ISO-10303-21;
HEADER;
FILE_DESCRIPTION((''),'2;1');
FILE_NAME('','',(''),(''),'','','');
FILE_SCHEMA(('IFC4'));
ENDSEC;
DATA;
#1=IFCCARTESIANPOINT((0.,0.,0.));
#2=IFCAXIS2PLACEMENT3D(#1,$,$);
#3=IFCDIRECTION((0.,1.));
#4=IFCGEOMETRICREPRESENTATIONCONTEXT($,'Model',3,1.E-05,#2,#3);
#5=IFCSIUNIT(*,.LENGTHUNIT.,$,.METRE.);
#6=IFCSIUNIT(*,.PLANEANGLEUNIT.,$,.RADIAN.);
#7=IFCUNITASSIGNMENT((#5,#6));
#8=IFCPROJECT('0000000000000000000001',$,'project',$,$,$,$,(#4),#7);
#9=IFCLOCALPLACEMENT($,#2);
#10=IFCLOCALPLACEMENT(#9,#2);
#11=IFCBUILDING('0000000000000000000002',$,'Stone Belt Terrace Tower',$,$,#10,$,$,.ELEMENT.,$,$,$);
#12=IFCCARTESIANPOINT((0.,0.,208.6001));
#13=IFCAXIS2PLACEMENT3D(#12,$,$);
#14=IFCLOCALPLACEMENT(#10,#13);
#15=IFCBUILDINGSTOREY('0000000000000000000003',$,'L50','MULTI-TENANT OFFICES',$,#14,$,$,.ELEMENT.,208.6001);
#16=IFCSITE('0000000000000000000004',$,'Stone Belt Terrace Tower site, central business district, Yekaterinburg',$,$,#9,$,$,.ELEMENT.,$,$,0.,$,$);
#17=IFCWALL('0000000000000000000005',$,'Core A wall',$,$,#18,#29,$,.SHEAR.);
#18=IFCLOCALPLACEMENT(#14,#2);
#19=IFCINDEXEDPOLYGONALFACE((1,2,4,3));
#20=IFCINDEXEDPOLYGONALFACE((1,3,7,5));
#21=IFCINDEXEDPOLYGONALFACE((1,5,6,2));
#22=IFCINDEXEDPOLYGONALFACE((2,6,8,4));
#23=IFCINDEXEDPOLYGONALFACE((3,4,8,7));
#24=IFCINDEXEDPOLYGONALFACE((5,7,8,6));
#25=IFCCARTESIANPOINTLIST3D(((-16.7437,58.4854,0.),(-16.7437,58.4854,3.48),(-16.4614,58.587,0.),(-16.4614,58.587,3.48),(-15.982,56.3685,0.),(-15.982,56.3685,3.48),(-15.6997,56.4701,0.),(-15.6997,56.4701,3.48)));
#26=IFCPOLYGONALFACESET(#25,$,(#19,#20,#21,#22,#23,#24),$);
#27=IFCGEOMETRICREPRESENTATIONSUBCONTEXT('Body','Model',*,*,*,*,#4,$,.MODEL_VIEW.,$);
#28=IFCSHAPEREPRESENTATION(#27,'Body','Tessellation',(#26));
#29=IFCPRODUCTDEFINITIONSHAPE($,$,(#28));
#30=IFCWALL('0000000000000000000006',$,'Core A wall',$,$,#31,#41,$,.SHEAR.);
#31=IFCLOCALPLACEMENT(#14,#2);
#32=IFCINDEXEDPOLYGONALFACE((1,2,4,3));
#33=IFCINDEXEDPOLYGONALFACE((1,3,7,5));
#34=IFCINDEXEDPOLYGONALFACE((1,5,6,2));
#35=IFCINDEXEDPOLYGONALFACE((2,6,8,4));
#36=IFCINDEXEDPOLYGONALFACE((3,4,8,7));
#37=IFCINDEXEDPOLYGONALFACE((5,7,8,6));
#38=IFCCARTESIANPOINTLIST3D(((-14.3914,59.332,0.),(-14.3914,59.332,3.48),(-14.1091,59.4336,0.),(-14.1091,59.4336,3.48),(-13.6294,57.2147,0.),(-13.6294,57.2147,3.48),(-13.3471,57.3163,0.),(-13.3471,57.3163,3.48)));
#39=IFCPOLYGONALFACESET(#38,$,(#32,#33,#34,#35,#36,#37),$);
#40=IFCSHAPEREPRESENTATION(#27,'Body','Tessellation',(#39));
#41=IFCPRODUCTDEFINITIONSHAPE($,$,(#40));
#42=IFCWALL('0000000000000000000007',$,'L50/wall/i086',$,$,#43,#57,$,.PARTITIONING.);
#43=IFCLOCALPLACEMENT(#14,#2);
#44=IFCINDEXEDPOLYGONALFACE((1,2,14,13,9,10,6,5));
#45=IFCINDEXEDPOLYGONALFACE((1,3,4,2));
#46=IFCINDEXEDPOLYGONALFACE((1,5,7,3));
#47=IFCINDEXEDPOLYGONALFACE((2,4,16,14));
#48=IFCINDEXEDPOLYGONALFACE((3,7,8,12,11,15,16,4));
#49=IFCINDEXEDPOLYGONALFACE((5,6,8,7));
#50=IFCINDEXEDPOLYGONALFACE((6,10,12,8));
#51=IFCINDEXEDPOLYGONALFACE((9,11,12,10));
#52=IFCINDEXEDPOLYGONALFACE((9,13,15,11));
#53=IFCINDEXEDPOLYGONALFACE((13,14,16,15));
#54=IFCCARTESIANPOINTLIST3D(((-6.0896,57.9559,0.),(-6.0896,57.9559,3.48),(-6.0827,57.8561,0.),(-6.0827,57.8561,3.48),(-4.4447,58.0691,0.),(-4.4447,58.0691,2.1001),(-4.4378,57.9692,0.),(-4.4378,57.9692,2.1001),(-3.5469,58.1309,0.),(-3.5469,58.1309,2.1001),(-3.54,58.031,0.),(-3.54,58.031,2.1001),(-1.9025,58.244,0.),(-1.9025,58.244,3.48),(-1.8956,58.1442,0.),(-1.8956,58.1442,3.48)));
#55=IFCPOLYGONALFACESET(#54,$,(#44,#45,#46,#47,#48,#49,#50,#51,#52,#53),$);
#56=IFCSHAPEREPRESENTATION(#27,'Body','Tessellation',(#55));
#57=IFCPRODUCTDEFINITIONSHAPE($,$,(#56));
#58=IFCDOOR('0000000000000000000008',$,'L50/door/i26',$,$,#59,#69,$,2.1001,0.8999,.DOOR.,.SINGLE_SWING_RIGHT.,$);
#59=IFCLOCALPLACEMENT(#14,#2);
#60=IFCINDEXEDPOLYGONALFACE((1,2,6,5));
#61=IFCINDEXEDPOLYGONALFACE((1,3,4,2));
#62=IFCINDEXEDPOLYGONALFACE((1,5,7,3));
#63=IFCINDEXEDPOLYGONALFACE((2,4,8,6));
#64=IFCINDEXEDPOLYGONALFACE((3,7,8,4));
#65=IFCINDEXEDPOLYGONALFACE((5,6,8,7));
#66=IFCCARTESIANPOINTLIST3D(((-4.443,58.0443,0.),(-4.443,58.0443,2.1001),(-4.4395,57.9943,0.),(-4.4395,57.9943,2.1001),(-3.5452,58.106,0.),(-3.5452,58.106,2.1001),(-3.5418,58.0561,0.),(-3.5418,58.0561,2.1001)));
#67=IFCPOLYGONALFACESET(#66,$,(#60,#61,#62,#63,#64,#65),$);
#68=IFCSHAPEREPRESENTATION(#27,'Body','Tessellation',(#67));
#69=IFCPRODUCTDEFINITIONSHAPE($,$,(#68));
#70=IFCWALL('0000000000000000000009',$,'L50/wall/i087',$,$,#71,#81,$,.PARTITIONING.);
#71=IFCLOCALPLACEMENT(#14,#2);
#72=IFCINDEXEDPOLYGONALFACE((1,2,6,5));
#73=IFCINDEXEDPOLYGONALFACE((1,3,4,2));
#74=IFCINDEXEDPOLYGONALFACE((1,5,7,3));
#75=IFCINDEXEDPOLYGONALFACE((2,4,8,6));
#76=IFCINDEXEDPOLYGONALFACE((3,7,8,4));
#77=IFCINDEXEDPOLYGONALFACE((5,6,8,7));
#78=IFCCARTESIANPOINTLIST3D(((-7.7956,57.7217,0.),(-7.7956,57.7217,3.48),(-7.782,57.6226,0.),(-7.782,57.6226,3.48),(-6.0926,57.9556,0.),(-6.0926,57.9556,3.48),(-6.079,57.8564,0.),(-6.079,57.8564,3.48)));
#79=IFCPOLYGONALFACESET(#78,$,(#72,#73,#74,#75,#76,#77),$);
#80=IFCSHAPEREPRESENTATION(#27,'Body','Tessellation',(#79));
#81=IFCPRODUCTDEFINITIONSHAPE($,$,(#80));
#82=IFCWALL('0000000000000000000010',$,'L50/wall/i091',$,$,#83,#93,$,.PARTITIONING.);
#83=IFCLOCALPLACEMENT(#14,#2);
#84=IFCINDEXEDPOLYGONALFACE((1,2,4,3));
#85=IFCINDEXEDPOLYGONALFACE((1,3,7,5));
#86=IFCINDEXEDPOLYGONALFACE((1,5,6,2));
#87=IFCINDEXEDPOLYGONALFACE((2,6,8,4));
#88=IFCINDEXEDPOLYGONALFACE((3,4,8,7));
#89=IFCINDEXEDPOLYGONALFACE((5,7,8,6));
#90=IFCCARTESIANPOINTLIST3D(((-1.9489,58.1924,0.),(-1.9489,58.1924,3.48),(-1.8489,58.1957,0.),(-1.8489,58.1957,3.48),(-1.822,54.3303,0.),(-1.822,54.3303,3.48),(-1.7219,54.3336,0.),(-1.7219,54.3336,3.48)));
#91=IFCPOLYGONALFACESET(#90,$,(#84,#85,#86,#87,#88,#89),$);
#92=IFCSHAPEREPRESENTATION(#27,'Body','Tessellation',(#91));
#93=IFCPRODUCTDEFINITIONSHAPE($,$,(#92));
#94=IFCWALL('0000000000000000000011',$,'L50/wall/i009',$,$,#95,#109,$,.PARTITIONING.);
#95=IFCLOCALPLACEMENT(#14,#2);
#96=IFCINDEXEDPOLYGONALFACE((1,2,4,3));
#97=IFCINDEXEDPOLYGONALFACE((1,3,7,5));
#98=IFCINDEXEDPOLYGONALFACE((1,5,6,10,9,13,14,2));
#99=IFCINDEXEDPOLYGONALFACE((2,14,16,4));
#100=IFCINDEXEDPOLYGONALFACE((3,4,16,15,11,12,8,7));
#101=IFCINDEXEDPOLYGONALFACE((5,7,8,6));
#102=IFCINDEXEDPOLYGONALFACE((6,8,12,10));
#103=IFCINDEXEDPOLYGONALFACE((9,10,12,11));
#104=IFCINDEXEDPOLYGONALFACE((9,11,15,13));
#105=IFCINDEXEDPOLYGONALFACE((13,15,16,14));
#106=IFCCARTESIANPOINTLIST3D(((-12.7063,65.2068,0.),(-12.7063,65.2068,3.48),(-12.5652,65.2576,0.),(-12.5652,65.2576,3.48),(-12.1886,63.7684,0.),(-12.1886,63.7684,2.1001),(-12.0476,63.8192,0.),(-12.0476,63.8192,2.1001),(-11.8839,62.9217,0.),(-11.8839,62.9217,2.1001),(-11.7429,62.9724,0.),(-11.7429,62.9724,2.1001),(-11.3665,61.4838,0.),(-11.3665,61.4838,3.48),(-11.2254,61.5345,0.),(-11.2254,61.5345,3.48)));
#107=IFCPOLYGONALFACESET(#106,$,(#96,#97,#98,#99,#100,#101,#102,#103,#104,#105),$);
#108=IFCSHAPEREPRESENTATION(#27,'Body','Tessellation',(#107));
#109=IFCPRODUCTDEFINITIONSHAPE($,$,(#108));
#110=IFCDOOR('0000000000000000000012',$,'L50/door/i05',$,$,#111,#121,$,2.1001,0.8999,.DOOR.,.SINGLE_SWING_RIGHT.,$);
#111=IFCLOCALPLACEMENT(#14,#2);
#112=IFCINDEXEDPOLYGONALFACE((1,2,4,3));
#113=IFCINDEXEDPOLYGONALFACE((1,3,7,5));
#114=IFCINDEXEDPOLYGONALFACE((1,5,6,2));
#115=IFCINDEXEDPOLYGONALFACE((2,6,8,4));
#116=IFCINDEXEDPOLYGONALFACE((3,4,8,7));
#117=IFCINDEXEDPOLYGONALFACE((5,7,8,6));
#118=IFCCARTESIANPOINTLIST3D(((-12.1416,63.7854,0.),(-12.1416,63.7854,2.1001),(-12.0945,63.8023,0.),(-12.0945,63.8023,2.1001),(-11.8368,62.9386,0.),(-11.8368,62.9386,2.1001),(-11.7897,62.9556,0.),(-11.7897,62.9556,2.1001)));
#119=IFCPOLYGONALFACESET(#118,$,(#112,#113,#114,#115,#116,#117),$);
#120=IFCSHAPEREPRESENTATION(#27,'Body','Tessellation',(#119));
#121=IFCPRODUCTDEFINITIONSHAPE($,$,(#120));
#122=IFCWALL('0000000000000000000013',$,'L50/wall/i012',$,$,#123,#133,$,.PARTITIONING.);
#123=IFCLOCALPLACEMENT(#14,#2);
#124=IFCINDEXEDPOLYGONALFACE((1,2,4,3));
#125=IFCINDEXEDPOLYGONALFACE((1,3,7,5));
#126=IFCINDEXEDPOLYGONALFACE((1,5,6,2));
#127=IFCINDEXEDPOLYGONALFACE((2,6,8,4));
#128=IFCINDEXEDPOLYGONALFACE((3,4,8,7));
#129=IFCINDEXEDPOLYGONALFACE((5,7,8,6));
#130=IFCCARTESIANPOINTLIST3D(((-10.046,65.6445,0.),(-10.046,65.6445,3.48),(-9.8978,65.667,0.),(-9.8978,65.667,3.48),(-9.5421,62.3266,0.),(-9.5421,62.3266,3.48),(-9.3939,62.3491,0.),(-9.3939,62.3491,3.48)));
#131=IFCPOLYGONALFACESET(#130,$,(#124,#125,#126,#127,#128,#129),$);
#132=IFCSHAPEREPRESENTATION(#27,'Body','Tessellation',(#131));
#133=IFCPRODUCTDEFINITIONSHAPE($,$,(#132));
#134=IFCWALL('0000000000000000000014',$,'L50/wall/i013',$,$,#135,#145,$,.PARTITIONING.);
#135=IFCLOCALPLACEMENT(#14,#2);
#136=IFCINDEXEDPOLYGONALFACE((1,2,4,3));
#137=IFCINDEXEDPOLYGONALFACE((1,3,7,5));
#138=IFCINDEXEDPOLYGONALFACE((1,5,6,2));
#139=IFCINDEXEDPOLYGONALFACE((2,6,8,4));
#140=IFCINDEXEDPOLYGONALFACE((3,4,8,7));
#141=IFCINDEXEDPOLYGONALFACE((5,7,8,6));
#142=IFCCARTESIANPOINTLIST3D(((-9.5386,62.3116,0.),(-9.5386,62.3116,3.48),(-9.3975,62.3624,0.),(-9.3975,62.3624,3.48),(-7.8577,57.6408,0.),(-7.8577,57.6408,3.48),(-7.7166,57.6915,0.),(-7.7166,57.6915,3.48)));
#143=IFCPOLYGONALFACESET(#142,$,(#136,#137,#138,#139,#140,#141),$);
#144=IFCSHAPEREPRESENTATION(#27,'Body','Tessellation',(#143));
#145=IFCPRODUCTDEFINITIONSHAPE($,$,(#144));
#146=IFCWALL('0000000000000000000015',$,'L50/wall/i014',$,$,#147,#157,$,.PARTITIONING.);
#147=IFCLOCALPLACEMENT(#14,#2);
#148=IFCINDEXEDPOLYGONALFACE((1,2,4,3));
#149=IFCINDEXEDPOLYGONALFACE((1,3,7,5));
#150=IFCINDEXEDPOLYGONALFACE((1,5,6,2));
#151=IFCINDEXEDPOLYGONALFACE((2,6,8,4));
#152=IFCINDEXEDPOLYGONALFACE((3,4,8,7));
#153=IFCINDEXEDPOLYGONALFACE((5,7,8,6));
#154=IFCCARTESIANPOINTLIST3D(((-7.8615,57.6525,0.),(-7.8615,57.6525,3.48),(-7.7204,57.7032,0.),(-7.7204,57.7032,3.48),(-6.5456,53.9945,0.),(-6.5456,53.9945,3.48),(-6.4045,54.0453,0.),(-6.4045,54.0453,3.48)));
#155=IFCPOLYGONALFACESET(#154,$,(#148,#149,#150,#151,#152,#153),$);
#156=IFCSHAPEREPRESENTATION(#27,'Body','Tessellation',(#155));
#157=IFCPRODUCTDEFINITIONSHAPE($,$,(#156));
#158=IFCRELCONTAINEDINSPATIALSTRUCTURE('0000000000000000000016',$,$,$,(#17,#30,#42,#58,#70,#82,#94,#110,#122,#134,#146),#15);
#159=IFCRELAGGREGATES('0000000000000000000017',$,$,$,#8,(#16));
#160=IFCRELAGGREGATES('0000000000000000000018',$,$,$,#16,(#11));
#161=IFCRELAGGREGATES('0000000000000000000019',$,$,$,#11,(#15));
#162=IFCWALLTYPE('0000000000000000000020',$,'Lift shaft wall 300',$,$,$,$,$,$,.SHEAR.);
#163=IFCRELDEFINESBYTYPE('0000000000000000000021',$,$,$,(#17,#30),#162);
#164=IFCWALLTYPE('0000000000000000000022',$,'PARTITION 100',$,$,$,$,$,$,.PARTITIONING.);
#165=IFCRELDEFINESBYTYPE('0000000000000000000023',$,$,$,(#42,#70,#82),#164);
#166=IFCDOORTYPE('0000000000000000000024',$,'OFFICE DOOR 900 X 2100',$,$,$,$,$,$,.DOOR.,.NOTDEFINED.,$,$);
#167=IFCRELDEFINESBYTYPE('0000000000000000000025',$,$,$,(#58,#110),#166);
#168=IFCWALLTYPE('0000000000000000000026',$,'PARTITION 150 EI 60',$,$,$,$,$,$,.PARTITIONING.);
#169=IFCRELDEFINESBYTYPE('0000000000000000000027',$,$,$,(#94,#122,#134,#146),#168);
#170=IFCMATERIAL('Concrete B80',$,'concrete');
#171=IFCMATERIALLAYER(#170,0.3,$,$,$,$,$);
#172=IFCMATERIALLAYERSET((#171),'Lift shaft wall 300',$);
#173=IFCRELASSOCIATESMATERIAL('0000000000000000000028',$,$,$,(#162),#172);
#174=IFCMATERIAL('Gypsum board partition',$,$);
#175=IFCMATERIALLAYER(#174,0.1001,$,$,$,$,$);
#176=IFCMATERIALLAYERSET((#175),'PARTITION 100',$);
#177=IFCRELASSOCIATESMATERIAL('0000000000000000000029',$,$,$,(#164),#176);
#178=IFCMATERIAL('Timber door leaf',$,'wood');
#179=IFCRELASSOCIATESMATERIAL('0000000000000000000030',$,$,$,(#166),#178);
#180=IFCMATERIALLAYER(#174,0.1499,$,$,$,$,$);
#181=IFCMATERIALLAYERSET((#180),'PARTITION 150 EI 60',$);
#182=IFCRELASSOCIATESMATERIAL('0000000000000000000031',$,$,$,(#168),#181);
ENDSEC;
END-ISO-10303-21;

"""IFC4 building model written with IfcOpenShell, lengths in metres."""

from ifc_helpers import new_model, si_unit, direction, frame, frame_2d, origin, place, context, subcontext, project, spatial, rectangle, extrude, material, layer, layer_set, type_object, element, fill, save


model = new_model("IFC4")

# Units and contexts
model_context = context("Model", 3, precision=1e-05, world=origin(), true_north=direction((0.0, 1.0)))
body_context = subcontext(model_context, "Body", "Model", "MODEL_VIEW")
ifc_project = project(units=[si_unit("LENGTHUNIT", "METRE"), si_unit("PLANEANGLEUNIT", "RADIAN")], contexts=[model_context])

# Site, building, storey
site_placement = place(None, origin())
site = spatial("IfcSite", under=ifc_project, at=site_placement, Name="Stone Belt Terrace Tower site, central business district, Yekaterinburg", CompositionType="ELEMENT", RefElevation=0.0)
building_placement = place(site_placement, origin())
building = spatial("IfcBuilding", under=site, at=building_placement, Name="Stone Belt Terrace Tower", CompositionType="ELEMENT")
storey_placement = place(building_placement, frame((0.0, 0.0, 208.6001)))
storey = spatial("IfcBuildingStorey", under=building, at=storey_placement, Name="L50", Description="MULTI-TENANT OFFICES", CompositionType="ELEMENT", Elevation=208.6001)

# Shared definitions
ifc_material_1 = material(Name="Timber door leaf", Category="wood")

# Walls
ifc_material_2 = material(Name="Concrete B80", Category="concrete")
ifc_layer_1 = layer(ifc_material_2, 0.3)
ifc_layer_set_1 = layer_set([ifc_layer_1], Name="Lift shaft wall 300")
wall_type_1 = type_object("IfcWallType", Name="Lift shaft wall 300", PredefinedType="SHEAR", material=ifc_layer_set_1)
wall_1_placement = place(storey_placement, frame((-15.8408, 56.4192, 0.0), z_axis=(0.0, 0.0, 1.0), x_axis=(-0.33857, 0.940941, 0.0)))
element("IfcWall", 1, at=wall_1_placement, inside=storey, type_object=wall_type_1, Name="Core A wall", PredefinedType="SHEAR", context=body_context, shape_type="SweptSolid", body=[
    extrude(rectangle(XDim=2.2498, YDim=0.3, at=frame_2d((1.125, 0.0))), origin(), (0.0, 0.0, 1.0), 3.48),
])
wall_2_placement = place(storey_placement, frame((-13.4883, 57.2656, 0.0), z_axis=(0.0, 0.0, 1.0), x_axis=(-0.338631, 0.940919, 0.0)))
element("IfcWall", 2, at=wall_2_placement, inside=storey, type_object=wall_type_1, Name="Core A wall", PredefinedType="SHEAR", context=body_context, shape_type="SweptSolid", body=[
    extrude(rectangle(XDim=2.2502, YDim=0.3, at=frame_2d((1.125, 0.0))), origin(), (0.0, 0.0, 1.0), 3.48),
])

# Wall, opening, door
ifc_material_3 = material(Name="Gypsum board partition")
ifc_layer_2 = layer(ifc_material_3, 0.1001)
ifc_layer_set_2 = layer_set([ifc_layer_2], Name="PARTITION 100")
wall_type_2 = type_object("IfcWallType", Name="PARTITION 100", PredefinedType="PARTITIONING", material=ifc_layer_set_2)
wall_3_placement = place(storey_placement, frame((-1.8989, 58.1941, 0.0), z_axis=(0.0, 0.0, 1.0), x_axis=(-0.997641, -0.068642, 0.0)))
wall_3 = element("IfcWall", 3, at=wall_3_placement, inside=storey, type_object=wall_type_2, Name="L50/wall/i086", PredefinedType="PARTITIONING", context=body_context, shape_type="SweptSolid", body=[
    extrude(rectangle(XDim=4.197, YDim=0.1001, at=frame_2d((2.0986, 0.0))), origin(), (0.0, 0.0, 1.0), 3.48),
])
opening_1_placement = place(wall_3_placement, frame((1.6484, 0.0, 0.0)))
opening_1 = element("IfcOpeningElement", 4, at=opening_1_placement, cuts=wall_3, PredefinedType="OPENING", context=body_context, shape_type="SweptSolid", body=[
    extrude(rectangle(XDim=0.8999, YDim=2.1001, at=frame_2d((0.45, 1.05))), frame((0.0, 0.0601, 0.0), z_axis=(0.0, -1.0, 0.0), x_axis=(1.0, 0.0, 0.0)), (0.0, 0.0, 1.0), 0.1201),
])
door_type_1 = type_object("IfcDoorType", Name="OFFICE DOOR 900 X 2100", OperationType="NOTDEFINED", PredefinedType="DOOR", material=ifc_material_1)
door_1_placement = place(opening_1_placement, origin())
door_1 = element("IfcDoor", 5, at=door_1_placement, inside=storey, type_object=door_type_1, Name="L50/door/i26", OperationType="SINGLE_SWING_RIGHT", OverallHeight=2.1001, OverallWidth=0.8999, PredefinedType="DOOR", context=body_context, shape_type="SweptSolid", body=[
    extrude(rectangle(XDim=0.8999, YDim=2.1001, at=frame_2d((0.45, 1.05))), frame((0.0, 0.0249, 0.0), z_axis=(0.0, -1.0, 0.0), x_axis=(1.0, 0.0, 0.0)), (0.0, 0.0, 1.0), 0.05),
])
fill(opening_1, door_1)

# Walls
wall_4_placement = place(storey_placement, frame((-6.0859, 57.906, 0.0), z_axis=(0.0, 0.0, 1.0), x_axis=(-0.990702, -0.136051, 0.0)))
element("IfcWall", 6, at=wall_4_placement, inside=storey, type_object=wall_type_2, Name="L50/wall/i087", PredefinedType="PARTITIONING", context=body_context, shape_type="SweptSolid", body=[
    extrude(rectangle(XDim=1.719, YDim=0.1001, at=frame_2d((0.8594, 0.0))), origin(), (0.0, 0.0, 1.0), 3.48),
])
wall_5_placement = place(storey_placement, frame((-1.8989, 58.1941, 0.0), z_axis=(0.0, 0.0, 1.0), x_axis=(0.032854, -0.99946, 0.0)))
element("IfcWall", 7, at=wall_5_placement, inside=storey, type_object=wall_type_2, Name="L50/wall/i091", PredefinedType="PARTITIONING", context=body_context, shape_type="SweptSolid", body=[
    extrude(rectangle(XDim=3.8643, YDim=0.1001, at=frame_2d((1.9321, 0.0))), origin(), (0.0, 0.0, 1.0), 3.48),
])

# Wall, opening, door
ifc_layer_3 = layer(ifc_material_3, 0.1499)
ifc_layer_set_3 = layer_set([ifc_layer_3], Name="PARTITION 150 EI 60")
wall_type_3 = type_object("IfcWallType", Name="PARTITION 150 EI 60", PredefinedType="PARTITIONING", material=ifc_layer_set_3)
wall_6_placement = place(storey_placement, frame((-11.2959, 61.509, 0.0), z_axis=(0.0, 0.0, 1.0), x_axis=(-0.33861, 0.940927, 0.0)))
wall_6 = element("IfcWall", 8, at=wall_6_placement, inside=storey, type_object=wall_type_3, Name="L50/wall/i009", PredefinedType="PARTITIONING", context=body_context, shape_type="SweptSolid", body=[
    extrude(rectangle(XDim=3.9568, YDim=0.1499, at=frame_2d((1.9785, 0.0))), origin(), (0.0, 0.0, 1.0), 3.48),
])
opening_2_placement = place(wall_6_placement, frame((1.5283, 0.0, 0.0)))
opening_2 = element("IfcOpeningElement", 9, at=opening_2_placement, cuts=wall_6, PredefinedType="OPENING", context=body_context, shape_type="SweptSolid", body=[
    extrude(rectangle(XDim=0.8999, YDim=2.1001, at=frame_2d((0.45, 1.05))), frame((0.0, 0.085, 0.0), z_axis=(0.0, -1.0, 0.0), x_axis=(1.0, 0.0, 0.0)), (0.0, 0.0, 1.0), 0.1699),
])
door_2_placement = place(opening_2_placement, origin())
door_2 = element("IfcDoor", 10, at=door_2_placement, inside=storey, type_object=door_type_1, Name="L50/door/i05", OperationType="SINGLE_SWING_RIGHT", OverallHeight=2.1001, OverallWidth=0.8999, PredefinedType="DOOR", context=body_context, shape_type="SweptSolid", body=[
    extrude(rectangle(XDim=0.8999, YDim=2.1001, at=frame_2d((0.45, 1.05))), frame((0.0, 0.0249, 0.0), z_axis=(0.0, -1.0, 0.0), x_axis=(1.0, 0.0, 0.0)), (0.0, 0.0, 1.0), 0.05),
])
fill(opening_2, door_2)

# Walls
wall_7_placement = place(storey_placement, frame((-9.9719, 65.6558, 0.0), z_axis=(0.0, 0.0, 1.0), x_axis=(0.150154, -0.988663, 0.0)))
element("IfcWall", 11, at=wall_7_placement, inside=storey, type_object=wall_type_3, Name="L50/wall/i012", PredefinedType="PARTITIONING", context=body_context, shape_type="SweptSolid", body=[
    extrude(rectangle(XDim=3.356, YDim=0.1499, at=frame_2d((1.678, 0.0))), origin(), (0.0, 0.0, 1.0), 3.48),
])
wall_8_placement = place(storey_placement, frame((-9.468, 62.3369, 0.0), z_axis=(0.0, 0.0, 1.0), x_axis=(0.33861, -0.940927, 0.0)))
element("IfcWall", 12, at=wall_8_placement, inside=storey, type_object=wall_type_3, Name="L50/wall/i013", PredefinedType="PARTITIONING", context=body_context, shape_type="SweptSolid", body=[
    extrude(rectangle(XDim=4.9641, YDim=0.1499, at=frame_2d((2.4819, 0.0))), origin(), (0.0, 0.0, 1.0), 3.48),
])
wall_9_placement = place(storey_placement, frame((-7.791, 57.678, 0.0), z_axis=(0.0, 0.0, 1.0), x_axis=(0.338504, -0.940965, 0.0)))
element("IfcWall", 13, at=wall_9_placement, inside=storey, type_object=wall_type_3, Name="L50/wall/i014", PredefinedType="PARTITIONING", context=body_context, shape_type="SweptSolid", body=[
    extrude(rectangle(XDim=3.8875, YDim=0.1499, at=frame_2d((1.9438, 0.0))), origin(), (0.0, 0.0, 1.0), 3.48),
])

save(model, "model.ifc")
